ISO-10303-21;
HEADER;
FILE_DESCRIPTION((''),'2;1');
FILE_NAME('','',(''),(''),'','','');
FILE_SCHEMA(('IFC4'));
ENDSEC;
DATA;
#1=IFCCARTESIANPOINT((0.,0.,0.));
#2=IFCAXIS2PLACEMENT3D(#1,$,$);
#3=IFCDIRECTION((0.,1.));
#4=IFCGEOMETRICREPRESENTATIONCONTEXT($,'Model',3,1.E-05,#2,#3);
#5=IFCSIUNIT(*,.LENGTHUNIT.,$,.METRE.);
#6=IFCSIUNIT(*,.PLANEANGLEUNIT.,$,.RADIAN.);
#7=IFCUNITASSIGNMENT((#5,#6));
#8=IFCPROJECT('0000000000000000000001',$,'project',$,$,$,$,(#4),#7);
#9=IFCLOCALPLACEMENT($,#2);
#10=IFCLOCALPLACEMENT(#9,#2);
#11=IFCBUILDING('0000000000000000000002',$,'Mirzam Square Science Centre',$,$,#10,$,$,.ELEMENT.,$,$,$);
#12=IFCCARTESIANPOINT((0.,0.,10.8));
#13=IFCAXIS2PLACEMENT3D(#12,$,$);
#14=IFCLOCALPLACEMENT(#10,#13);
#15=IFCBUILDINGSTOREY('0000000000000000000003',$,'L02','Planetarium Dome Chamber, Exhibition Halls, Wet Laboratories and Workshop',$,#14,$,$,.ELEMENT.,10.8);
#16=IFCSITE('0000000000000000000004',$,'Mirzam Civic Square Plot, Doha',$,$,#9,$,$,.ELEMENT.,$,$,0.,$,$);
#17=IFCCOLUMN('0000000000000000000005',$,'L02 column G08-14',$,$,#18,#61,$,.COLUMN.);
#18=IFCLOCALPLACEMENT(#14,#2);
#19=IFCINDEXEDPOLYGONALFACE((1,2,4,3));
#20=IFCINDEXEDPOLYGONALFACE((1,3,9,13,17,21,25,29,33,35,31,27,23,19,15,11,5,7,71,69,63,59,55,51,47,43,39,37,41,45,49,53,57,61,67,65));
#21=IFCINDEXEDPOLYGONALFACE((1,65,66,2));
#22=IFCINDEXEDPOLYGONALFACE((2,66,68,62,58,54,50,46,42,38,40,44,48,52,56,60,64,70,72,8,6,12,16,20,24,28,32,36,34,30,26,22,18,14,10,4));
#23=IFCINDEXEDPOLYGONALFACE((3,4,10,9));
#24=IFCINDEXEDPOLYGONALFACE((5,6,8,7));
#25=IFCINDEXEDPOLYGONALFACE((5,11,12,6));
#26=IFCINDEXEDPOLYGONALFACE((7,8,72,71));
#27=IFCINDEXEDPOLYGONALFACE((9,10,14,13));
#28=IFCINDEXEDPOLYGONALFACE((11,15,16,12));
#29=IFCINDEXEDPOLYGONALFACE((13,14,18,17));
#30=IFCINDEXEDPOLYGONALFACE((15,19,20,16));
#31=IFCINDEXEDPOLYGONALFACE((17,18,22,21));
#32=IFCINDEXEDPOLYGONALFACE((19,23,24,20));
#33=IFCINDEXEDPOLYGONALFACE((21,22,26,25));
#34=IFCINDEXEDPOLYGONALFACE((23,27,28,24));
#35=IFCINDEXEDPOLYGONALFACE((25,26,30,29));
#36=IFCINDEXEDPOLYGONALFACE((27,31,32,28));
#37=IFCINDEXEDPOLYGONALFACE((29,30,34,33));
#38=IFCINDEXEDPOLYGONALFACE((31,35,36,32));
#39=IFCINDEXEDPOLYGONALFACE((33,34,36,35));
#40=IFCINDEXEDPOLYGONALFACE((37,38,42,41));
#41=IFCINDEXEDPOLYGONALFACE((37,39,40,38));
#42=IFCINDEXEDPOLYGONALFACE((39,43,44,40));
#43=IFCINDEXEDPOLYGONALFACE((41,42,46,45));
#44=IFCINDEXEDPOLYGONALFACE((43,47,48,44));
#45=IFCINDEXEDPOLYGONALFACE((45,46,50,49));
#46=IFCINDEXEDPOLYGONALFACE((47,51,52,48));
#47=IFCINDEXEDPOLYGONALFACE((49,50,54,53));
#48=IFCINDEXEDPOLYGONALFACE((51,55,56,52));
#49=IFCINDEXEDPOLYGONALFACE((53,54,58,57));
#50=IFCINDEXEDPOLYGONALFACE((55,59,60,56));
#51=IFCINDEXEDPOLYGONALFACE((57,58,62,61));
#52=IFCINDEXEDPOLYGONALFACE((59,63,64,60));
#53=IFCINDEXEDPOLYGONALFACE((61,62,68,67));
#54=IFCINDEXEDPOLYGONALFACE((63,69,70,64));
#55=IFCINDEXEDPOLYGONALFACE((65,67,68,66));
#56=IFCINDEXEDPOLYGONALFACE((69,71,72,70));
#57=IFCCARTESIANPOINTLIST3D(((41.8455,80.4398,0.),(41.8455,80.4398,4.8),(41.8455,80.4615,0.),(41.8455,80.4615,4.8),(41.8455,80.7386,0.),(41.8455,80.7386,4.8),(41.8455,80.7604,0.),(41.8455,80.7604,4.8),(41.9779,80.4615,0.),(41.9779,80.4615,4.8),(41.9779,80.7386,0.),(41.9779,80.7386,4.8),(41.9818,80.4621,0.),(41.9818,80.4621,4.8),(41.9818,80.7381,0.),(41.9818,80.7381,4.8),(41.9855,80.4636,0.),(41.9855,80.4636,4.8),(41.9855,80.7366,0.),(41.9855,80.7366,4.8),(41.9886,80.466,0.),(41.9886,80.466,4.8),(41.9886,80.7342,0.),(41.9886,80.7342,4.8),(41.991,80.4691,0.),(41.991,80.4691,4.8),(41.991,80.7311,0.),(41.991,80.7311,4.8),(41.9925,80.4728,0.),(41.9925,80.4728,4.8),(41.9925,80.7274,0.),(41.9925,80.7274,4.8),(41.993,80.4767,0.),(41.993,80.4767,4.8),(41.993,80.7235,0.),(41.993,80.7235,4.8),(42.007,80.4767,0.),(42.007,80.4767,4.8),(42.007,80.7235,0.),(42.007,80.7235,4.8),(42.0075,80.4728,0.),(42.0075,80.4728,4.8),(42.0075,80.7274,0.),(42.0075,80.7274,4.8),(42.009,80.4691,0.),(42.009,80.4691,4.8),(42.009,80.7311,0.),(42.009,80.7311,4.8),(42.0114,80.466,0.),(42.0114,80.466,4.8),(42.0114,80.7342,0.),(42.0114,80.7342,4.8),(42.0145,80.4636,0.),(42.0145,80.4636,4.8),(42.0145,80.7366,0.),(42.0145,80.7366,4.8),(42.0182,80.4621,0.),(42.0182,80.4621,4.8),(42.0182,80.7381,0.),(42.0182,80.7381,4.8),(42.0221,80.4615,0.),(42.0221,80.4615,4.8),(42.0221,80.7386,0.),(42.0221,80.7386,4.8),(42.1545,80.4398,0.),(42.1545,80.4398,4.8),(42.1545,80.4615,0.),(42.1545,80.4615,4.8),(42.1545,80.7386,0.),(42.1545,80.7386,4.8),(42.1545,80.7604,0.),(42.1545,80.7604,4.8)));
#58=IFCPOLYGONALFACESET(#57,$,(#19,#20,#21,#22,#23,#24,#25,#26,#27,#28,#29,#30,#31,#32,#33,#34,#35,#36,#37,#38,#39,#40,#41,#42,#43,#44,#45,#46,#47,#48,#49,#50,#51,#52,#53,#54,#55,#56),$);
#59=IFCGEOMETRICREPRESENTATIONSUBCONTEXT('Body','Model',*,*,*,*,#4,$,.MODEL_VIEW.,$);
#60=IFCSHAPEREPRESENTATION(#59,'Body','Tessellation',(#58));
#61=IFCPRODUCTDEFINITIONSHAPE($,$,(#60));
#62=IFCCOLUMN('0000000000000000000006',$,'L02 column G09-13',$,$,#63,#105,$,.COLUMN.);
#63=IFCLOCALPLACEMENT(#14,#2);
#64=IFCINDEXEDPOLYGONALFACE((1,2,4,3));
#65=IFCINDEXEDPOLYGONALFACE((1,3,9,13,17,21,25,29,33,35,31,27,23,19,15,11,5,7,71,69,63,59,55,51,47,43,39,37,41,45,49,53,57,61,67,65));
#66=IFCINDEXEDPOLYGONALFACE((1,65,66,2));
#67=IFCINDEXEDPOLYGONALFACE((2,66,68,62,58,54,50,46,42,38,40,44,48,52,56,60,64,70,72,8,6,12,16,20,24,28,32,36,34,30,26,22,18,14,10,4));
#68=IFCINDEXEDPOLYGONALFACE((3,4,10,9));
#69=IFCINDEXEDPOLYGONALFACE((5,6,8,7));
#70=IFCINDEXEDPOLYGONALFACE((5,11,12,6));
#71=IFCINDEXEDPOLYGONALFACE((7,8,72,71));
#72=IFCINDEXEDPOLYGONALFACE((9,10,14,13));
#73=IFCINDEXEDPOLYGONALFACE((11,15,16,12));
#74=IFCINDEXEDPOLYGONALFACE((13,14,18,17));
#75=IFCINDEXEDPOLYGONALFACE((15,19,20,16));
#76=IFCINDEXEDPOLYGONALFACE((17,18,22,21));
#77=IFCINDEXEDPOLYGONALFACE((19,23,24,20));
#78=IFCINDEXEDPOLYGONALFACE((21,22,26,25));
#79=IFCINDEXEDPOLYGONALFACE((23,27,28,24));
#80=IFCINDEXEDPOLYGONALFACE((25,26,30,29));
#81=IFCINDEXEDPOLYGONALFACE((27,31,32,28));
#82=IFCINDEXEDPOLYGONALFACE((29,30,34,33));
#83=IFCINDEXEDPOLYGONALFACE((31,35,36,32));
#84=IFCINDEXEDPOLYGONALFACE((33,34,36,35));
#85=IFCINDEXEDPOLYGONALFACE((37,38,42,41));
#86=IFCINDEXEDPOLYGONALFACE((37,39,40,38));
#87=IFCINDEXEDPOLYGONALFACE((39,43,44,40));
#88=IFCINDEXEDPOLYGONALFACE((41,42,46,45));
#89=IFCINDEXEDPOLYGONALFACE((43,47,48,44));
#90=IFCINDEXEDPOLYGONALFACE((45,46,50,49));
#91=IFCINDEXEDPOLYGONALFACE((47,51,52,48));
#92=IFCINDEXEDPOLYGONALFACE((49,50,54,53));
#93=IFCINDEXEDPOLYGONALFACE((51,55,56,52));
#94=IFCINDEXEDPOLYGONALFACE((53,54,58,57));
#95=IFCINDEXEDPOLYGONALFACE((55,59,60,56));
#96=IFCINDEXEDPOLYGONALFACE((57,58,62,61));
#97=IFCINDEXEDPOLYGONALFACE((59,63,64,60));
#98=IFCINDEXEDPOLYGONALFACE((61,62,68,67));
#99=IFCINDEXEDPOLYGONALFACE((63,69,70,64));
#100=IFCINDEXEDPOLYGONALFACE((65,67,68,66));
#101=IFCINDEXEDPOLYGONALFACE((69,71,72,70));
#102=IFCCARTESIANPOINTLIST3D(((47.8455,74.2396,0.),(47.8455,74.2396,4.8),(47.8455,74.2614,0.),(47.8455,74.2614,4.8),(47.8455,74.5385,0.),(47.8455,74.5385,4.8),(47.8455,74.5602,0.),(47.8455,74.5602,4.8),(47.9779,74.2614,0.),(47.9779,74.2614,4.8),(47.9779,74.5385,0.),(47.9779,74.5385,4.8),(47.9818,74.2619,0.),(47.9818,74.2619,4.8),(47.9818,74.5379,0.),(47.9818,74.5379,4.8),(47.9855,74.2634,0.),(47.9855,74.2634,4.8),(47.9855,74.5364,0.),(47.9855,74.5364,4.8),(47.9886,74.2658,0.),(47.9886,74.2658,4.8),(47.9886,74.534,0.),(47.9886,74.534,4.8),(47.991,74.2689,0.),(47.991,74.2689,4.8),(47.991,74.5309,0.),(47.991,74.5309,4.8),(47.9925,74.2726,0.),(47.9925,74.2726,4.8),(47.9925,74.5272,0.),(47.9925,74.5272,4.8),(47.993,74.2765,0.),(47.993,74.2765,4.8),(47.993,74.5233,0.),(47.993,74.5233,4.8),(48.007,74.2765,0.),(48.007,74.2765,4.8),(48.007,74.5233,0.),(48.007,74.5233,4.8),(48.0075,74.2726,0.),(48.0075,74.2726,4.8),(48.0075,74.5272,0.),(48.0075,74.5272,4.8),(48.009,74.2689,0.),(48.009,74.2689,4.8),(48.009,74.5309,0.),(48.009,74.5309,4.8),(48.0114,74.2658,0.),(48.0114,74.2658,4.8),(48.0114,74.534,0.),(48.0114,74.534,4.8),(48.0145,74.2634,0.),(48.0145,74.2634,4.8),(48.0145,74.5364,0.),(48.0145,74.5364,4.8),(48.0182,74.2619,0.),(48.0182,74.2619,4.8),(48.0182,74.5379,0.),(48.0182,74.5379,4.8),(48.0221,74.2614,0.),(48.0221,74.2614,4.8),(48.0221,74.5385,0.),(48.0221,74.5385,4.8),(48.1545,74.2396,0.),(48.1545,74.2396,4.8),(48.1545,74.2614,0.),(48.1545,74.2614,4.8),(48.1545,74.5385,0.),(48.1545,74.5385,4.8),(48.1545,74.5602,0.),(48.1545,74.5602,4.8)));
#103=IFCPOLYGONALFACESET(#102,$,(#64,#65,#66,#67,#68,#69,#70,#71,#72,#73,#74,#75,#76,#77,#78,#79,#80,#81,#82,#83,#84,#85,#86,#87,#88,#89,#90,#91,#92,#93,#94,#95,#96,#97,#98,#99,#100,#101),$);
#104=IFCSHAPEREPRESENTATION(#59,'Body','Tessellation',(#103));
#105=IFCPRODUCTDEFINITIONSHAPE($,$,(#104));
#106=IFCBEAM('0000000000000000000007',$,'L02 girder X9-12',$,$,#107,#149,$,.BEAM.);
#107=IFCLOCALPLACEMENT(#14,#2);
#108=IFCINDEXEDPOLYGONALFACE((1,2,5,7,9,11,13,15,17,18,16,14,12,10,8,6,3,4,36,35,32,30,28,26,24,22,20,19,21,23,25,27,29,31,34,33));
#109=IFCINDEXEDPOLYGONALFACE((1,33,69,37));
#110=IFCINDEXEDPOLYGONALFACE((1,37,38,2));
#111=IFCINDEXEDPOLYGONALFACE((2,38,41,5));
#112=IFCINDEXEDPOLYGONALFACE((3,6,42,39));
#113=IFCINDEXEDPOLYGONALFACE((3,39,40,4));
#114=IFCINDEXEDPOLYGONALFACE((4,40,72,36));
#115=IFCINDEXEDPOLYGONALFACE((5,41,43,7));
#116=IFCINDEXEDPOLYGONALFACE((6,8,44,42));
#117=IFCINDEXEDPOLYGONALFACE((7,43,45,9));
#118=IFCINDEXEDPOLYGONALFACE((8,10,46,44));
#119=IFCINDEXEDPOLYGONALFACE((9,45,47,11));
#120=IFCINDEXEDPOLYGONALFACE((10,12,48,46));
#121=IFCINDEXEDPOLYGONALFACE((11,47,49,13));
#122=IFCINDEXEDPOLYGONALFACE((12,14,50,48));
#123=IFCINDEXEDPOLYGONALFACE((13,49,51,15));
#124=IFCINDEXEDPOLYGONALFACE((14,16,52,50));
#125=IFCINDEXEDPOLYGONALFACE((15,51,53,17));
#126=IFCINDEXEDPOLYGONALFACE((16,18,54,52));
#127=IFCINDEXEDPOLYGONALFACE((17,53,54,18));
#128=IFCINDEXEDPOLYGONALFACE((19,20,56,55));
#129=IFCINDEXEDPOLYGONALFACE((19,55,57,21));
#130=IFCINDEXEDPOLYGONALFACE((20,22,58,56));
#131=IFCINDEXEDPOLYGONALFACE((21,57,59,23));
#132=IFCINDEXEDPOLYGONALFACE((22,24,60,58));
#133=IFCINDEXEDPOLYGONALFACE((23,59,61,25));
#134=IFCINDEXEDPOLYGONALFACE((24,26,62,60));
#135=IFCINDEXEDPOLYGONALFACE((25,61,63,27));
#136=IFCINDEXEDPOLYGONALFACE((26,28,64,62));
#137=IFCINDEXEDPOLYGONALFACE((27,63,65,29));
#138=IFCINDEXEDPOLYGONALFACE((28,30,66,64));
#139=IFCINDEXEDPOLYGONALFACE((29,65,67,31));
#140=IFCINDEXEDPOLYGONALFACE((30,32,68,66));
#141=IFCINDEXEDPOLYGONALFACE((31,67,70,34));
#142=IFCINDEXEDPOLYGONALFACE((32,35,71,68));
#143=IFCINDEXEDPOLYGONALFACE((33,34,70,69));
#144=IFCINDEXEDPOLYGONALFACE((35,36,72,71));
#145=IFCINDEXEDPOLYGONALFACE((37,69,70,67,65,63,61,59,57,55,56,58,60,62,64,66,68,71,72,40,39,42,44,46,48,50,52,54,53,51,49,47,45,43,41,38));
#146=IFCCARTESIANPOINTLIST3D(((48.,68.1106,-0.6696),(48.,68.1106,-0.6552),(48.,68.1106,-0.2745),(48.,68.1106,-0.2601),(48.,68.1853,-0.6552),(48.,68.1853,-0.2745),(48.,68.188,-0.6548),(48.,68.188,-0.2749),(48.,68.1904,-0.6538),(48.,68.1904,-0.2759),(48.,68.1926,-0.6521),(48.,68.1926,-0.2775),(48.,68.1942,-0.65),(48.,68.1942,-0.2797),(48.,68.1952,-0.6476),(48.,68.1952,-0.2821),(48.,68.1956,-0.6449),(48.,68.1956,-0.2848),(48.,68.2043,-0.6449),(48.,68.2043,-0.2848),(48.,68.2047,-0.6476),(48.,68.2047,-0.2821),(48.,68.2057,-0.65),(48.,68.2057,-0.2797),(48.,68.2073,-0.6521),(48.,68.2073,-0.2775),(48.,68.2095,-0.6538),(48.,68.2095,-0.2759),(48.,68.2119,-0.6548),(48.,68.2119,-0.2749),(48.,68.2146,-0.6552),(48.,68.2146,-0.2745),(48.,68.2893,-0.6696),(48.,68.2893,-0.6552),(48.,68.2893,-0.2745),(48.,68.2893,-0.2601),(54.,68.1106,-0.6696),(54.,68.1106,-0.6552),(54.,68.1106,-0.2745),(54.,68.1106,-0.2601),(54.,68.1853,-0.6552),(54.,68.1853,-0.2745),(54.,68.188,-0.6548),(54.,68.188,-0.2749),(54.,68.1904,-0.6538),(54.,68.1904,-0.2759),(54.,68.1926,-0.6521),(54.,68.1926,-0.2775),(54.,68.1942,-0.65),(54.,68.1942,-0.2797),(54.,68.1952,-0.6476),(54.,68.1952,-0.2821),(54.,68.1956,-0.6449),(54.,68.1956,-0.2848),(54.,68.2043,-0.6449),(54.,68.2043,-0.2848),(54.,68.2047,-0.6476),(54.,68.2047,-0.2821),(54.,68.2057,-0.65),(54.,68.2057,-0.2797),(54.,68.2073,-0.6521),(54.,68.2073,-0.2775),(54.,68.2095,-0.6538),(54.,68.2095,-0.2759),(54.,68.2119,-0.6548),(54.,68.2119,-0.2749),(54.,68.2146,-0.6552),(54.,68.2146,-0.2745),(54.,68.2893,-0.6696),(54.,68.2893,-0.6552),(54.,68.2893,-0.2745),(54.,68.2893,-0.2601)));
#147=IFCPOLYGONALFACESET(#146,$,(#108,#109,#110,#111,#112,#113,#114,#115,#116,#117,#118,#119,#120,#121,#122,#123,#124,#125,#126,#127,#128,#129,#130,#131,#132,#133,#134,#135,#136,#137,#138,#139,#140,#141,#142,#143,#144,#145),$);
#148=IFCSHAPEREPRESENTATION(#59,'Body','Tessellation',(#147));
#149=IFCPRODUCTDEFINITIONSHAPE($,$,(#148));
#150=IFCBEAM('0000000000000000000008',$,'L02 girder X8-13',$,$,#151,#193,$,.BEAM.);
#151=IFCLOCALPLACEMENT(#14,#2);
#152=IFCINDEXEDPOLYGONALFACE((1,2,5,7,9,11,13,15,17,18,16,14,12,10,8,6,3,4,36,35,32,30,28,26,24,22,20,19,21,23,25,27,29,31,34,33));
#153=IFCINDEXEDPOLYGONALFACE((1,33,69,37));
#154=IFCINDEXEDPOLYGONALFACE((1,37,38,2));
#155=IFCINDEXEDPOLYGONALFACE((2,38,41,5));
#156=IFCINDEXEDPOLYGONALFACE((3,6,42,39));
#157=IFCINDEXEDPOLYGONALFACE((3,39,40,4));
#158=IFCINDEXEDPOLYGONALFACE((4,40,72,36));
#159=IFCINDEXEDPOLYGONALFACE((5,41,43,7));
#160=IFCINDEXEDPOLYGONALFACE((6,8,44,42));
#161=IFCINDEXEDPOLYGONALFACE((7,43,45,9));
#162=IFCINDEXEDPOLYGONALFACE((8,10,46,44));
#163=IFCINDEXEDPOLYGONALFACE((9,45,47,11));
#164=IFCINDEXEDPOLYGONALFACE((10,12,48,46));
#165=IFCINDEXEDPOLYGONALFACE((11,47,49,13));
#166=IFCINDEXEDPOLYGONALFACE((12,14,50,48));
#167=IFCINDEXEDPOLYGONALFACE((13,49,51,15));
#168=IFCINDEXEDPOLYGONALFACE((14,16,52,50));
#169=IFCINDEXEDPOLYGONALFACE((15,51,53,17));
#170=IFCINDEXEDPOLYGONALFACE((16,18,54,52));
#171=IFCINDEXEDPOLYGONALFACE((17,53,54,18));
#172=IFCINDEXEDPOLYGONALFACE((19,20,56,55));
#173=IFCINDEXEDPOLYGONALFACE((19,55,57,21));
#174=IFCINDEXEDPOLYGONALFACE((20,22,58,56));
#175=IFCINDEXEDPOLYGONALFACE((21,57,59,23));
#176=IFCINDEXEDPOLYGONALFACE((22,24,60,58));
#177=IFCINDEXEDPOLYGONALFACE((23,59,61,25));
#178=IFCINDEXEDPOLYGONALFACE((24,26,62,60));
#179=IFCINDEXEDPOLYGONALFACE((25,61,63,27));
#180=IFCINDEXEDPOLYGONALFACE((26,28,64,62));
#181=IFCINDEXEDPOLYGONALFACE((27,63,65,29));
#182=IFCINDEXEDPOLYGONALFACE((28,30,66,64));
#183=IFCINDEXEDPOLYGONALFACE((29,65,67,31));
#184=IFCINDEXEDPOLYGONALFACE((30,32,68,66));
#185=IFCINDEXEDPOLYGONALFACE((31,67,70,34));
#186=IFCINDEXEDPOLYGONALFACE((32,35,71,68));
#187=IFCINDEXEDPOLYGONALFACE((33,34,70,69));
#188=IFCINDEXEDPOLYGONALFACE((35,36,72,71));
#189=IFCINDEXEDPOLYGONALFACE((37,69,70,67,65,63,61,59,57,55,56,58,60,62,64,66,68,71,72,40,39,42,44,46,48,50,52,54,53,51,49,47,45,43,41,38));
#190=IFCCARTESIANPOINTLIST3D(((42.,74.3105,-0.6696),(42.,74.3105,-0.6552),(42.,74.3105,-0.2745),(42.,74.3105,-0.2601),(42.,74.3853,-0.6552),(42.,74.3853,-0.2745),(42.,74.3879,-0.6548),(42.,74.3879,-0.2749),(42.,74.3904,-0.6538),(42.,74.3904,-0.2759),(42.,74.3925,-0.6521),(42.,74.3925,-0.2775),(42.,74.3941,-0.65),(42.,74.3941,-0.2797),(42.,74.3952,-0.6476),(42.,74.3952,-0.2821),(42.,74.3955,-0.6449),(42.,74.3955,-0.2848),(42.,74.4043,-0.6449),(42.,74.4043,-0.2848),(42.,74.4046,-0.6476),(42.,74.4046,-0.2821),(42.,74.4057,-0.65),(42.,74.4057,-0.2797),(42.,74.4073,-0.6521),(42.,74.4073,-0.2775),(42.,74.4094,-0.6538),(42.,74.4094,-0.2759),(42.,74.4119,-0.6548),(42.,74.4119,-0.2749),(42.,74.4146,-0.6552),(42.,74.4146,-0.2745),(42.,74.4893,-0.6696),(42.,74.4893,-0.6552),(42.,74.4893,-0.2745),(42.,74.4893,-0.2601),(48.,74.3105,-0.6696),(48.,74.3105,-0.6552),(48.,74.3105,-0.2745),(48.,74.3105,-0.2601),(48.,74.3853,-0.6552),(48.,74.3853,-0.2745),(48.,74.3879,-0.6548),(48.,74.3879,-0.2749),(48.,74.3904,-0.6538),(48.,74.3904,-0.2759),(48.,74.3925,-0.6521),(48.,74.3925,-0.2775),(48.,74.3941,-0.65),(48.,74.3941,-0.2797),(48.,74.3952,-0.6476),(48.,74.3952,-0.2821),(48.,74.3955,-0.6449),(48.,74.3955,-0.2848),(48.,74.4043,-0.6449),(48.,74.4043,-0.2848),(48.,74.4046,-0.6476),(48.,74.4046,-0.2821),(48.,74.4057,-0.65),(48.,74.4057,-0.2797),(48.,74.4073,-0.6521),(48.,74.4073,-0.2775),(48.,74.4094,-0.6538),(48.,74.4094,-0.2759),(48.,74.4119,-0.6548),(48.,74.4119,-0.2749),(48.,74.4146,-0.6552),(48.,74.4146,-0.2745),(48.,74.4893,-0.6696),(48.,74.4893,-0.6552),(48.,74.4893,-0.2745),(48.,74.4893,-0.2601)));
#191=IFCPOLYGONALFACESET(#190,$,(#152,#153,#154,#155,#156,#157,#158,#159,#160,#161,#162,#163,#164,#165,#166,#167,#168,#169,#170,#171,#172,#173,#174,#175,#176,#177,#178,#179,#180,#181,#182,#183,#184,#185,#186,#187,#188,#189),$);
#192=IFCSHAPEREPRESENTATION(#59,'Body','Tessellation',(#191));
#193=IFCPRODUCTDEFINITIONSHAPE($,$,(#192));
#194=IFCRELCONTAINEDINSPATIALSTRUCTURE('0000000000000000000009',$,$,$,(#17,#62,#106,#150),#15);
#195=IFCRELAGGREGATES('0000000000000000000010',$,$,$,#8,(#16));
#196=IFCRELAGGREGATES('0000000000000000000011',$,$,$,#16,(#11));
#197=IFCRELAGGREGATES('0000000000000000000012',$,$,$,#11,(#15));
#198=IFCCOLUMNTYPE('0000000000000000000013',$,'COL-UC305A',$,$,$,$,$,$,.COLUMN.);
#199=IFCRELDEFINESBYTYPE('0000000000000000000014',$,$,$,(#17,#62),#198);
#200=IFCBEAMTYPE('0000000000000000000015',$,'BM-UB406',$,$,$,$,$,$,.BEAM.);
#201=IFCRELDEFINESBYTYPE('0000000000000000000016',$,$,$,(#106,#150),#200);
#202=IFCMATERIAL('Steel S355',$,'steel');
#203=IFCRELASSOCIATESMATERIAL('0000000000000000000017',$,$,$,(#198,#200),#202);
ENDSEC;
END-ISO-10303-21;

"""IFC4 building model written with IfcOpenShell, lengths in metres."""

from ifc_helpers import new_model, si_unit, direction, frame, origin, origin_2d, place, context, subcontext, project, spatial, i_section, extrude, material, material_profile, profile_set, type_object, element, save


model = new_model("IFC4")

# Units and contexts
model_context = context("Model", 3, precision=1e-05, world=origin(), true_north=direction((0.0, 1.0)))
body_context = subcontext(model_context, "Body", "Model", "MODEL_VIEW")
ifc_project = project(units=[si_unit("LENGTHUNIT", "METRE"), si_unit("PLANEANGLEUNIT", "RADIAN")], contexts=[model_context])

# Site, building, storey
site_placement = place(None, origin())
site = spatial("IfcSite", under=ifc_project, at=site_placement, Name="Mirzam Civic Square Plot, Doha", CompositionType="ELEMENT", RefElevation=0.0)
building_placement = place(site_placement, origin())
building = spatial("IfcBuilding", under=site, at=building_placement, Name="Mirzam Square Science Centre", CompositionType="ELEMENT")
storey_placement = place(building_placement, frame((0.0, 0.0, 10.8)))
storey = spatial("IfcBuildingStorey", under=building, at=storey_placement, Name="L02", Description="Planetarium Dome Chamber, Exhibition Halls, Wet Laboratories and Workshop", CompositionType="ELEMENT", Elevation=10.8)

# Columns
ifc_material_1 = material(Name="Steel S355", Category="steel")
ifc_material_profile_1 = material_profile(ifc_material_1, i_section(OverallWidth=0.3091, OverallDepth=0.3206, WebThickness=0.0139, FlangeThickness=0.0217, FilletRadius=0.0151, at=origin_2d()), Name="305x305x137UC")
ifc_profile_set_1 = profile_set([ifc_material_profile_1], Name="Steel S355")
column_type_1 = type_object("IfcColumnType", Name="COL-UC305A", PredefinedType="COLUMN", material=ifc_profile_set_1)
for number, where, z_axis, x_axis, name in (
    (1, (42.0, 80.6001, 0.0), (0.0, 0.0, 1.0), (1.0, 0.0, 0.0), "L02 column G08-14"),
    (2, (48.0, 74.3999, 0.0), (0.0, 0.0, 1.0), (1.0, 0.0, 0.0), "L02 column G09-13"),
):
    element("IfcColumn", number, at=place(storey_placement, frame(where, z_axis=z_axis, x_axis=x_axis)), inside=storey, type_object=column_type_1, Name=name, PredefinedType="COLUMN", context=body_context, shape_type="SweptSolid", body=[
        extrude(i_section(OverallWidth=0.3091, OverallDepth=0.3206, WebThickness=0.0139, FlangeThickness=0.0217, FilletRadius=0.0151, at=origin_2d()), origin(), (0.0, 0.0, 1.0), 4.8),
    ])

# Beams
ifc_material_profile_2 = material_profile(ifc_material_1, i_section(OverallWidth=0.1787, OverallDepth=0.4094, WebThickness=0.0088, FlangeThickness=0.0144, FilletRadius=0.0103, at=origin_2d()), Name="406x178x67UB")
ifc_profile_set_2 = profile_set([ifc_material_profile_2], Name="Steel S355")
beam_type_1 = type_object("IfcBeamType", Name="BM-UB406", PredefinedType="BEAM", material=ifc_profile_set_2)
for number, where, z_axis, x_axis, name in (
    (3, (48.0, 68.2, -0.4648), (1.0, 0.0, 0.0), (0.0, 1.0, 0.0), "L02 girder X9-12"),
    (4, (42.0, 74.3999, -0.4648), (1.0, 0.0, 0.0), (0.0, 1.0, 0.0), "L02 girder X8-13"),
):
    element("IfcBeam", number, at=place(storey_placement, frame(where, z_axis=z_axis, x_axis=x_axis)), inside=storey, type_object=beam_type_1, Name=name, PredefinedType="BEAM", context=body_context, shape_type="SweptSolid", body=[
        extrude(i_section(OverallWidth=0.1787, OverallDepth=0.4094, WebThickness=0.0088, FlangeThickness=0.0144, FilletRadius=0.0103, at=origin_2d()), origin(), (0.0, 0.0, 1.0), 6.0),
    ])

save(model, "model.ifc")
